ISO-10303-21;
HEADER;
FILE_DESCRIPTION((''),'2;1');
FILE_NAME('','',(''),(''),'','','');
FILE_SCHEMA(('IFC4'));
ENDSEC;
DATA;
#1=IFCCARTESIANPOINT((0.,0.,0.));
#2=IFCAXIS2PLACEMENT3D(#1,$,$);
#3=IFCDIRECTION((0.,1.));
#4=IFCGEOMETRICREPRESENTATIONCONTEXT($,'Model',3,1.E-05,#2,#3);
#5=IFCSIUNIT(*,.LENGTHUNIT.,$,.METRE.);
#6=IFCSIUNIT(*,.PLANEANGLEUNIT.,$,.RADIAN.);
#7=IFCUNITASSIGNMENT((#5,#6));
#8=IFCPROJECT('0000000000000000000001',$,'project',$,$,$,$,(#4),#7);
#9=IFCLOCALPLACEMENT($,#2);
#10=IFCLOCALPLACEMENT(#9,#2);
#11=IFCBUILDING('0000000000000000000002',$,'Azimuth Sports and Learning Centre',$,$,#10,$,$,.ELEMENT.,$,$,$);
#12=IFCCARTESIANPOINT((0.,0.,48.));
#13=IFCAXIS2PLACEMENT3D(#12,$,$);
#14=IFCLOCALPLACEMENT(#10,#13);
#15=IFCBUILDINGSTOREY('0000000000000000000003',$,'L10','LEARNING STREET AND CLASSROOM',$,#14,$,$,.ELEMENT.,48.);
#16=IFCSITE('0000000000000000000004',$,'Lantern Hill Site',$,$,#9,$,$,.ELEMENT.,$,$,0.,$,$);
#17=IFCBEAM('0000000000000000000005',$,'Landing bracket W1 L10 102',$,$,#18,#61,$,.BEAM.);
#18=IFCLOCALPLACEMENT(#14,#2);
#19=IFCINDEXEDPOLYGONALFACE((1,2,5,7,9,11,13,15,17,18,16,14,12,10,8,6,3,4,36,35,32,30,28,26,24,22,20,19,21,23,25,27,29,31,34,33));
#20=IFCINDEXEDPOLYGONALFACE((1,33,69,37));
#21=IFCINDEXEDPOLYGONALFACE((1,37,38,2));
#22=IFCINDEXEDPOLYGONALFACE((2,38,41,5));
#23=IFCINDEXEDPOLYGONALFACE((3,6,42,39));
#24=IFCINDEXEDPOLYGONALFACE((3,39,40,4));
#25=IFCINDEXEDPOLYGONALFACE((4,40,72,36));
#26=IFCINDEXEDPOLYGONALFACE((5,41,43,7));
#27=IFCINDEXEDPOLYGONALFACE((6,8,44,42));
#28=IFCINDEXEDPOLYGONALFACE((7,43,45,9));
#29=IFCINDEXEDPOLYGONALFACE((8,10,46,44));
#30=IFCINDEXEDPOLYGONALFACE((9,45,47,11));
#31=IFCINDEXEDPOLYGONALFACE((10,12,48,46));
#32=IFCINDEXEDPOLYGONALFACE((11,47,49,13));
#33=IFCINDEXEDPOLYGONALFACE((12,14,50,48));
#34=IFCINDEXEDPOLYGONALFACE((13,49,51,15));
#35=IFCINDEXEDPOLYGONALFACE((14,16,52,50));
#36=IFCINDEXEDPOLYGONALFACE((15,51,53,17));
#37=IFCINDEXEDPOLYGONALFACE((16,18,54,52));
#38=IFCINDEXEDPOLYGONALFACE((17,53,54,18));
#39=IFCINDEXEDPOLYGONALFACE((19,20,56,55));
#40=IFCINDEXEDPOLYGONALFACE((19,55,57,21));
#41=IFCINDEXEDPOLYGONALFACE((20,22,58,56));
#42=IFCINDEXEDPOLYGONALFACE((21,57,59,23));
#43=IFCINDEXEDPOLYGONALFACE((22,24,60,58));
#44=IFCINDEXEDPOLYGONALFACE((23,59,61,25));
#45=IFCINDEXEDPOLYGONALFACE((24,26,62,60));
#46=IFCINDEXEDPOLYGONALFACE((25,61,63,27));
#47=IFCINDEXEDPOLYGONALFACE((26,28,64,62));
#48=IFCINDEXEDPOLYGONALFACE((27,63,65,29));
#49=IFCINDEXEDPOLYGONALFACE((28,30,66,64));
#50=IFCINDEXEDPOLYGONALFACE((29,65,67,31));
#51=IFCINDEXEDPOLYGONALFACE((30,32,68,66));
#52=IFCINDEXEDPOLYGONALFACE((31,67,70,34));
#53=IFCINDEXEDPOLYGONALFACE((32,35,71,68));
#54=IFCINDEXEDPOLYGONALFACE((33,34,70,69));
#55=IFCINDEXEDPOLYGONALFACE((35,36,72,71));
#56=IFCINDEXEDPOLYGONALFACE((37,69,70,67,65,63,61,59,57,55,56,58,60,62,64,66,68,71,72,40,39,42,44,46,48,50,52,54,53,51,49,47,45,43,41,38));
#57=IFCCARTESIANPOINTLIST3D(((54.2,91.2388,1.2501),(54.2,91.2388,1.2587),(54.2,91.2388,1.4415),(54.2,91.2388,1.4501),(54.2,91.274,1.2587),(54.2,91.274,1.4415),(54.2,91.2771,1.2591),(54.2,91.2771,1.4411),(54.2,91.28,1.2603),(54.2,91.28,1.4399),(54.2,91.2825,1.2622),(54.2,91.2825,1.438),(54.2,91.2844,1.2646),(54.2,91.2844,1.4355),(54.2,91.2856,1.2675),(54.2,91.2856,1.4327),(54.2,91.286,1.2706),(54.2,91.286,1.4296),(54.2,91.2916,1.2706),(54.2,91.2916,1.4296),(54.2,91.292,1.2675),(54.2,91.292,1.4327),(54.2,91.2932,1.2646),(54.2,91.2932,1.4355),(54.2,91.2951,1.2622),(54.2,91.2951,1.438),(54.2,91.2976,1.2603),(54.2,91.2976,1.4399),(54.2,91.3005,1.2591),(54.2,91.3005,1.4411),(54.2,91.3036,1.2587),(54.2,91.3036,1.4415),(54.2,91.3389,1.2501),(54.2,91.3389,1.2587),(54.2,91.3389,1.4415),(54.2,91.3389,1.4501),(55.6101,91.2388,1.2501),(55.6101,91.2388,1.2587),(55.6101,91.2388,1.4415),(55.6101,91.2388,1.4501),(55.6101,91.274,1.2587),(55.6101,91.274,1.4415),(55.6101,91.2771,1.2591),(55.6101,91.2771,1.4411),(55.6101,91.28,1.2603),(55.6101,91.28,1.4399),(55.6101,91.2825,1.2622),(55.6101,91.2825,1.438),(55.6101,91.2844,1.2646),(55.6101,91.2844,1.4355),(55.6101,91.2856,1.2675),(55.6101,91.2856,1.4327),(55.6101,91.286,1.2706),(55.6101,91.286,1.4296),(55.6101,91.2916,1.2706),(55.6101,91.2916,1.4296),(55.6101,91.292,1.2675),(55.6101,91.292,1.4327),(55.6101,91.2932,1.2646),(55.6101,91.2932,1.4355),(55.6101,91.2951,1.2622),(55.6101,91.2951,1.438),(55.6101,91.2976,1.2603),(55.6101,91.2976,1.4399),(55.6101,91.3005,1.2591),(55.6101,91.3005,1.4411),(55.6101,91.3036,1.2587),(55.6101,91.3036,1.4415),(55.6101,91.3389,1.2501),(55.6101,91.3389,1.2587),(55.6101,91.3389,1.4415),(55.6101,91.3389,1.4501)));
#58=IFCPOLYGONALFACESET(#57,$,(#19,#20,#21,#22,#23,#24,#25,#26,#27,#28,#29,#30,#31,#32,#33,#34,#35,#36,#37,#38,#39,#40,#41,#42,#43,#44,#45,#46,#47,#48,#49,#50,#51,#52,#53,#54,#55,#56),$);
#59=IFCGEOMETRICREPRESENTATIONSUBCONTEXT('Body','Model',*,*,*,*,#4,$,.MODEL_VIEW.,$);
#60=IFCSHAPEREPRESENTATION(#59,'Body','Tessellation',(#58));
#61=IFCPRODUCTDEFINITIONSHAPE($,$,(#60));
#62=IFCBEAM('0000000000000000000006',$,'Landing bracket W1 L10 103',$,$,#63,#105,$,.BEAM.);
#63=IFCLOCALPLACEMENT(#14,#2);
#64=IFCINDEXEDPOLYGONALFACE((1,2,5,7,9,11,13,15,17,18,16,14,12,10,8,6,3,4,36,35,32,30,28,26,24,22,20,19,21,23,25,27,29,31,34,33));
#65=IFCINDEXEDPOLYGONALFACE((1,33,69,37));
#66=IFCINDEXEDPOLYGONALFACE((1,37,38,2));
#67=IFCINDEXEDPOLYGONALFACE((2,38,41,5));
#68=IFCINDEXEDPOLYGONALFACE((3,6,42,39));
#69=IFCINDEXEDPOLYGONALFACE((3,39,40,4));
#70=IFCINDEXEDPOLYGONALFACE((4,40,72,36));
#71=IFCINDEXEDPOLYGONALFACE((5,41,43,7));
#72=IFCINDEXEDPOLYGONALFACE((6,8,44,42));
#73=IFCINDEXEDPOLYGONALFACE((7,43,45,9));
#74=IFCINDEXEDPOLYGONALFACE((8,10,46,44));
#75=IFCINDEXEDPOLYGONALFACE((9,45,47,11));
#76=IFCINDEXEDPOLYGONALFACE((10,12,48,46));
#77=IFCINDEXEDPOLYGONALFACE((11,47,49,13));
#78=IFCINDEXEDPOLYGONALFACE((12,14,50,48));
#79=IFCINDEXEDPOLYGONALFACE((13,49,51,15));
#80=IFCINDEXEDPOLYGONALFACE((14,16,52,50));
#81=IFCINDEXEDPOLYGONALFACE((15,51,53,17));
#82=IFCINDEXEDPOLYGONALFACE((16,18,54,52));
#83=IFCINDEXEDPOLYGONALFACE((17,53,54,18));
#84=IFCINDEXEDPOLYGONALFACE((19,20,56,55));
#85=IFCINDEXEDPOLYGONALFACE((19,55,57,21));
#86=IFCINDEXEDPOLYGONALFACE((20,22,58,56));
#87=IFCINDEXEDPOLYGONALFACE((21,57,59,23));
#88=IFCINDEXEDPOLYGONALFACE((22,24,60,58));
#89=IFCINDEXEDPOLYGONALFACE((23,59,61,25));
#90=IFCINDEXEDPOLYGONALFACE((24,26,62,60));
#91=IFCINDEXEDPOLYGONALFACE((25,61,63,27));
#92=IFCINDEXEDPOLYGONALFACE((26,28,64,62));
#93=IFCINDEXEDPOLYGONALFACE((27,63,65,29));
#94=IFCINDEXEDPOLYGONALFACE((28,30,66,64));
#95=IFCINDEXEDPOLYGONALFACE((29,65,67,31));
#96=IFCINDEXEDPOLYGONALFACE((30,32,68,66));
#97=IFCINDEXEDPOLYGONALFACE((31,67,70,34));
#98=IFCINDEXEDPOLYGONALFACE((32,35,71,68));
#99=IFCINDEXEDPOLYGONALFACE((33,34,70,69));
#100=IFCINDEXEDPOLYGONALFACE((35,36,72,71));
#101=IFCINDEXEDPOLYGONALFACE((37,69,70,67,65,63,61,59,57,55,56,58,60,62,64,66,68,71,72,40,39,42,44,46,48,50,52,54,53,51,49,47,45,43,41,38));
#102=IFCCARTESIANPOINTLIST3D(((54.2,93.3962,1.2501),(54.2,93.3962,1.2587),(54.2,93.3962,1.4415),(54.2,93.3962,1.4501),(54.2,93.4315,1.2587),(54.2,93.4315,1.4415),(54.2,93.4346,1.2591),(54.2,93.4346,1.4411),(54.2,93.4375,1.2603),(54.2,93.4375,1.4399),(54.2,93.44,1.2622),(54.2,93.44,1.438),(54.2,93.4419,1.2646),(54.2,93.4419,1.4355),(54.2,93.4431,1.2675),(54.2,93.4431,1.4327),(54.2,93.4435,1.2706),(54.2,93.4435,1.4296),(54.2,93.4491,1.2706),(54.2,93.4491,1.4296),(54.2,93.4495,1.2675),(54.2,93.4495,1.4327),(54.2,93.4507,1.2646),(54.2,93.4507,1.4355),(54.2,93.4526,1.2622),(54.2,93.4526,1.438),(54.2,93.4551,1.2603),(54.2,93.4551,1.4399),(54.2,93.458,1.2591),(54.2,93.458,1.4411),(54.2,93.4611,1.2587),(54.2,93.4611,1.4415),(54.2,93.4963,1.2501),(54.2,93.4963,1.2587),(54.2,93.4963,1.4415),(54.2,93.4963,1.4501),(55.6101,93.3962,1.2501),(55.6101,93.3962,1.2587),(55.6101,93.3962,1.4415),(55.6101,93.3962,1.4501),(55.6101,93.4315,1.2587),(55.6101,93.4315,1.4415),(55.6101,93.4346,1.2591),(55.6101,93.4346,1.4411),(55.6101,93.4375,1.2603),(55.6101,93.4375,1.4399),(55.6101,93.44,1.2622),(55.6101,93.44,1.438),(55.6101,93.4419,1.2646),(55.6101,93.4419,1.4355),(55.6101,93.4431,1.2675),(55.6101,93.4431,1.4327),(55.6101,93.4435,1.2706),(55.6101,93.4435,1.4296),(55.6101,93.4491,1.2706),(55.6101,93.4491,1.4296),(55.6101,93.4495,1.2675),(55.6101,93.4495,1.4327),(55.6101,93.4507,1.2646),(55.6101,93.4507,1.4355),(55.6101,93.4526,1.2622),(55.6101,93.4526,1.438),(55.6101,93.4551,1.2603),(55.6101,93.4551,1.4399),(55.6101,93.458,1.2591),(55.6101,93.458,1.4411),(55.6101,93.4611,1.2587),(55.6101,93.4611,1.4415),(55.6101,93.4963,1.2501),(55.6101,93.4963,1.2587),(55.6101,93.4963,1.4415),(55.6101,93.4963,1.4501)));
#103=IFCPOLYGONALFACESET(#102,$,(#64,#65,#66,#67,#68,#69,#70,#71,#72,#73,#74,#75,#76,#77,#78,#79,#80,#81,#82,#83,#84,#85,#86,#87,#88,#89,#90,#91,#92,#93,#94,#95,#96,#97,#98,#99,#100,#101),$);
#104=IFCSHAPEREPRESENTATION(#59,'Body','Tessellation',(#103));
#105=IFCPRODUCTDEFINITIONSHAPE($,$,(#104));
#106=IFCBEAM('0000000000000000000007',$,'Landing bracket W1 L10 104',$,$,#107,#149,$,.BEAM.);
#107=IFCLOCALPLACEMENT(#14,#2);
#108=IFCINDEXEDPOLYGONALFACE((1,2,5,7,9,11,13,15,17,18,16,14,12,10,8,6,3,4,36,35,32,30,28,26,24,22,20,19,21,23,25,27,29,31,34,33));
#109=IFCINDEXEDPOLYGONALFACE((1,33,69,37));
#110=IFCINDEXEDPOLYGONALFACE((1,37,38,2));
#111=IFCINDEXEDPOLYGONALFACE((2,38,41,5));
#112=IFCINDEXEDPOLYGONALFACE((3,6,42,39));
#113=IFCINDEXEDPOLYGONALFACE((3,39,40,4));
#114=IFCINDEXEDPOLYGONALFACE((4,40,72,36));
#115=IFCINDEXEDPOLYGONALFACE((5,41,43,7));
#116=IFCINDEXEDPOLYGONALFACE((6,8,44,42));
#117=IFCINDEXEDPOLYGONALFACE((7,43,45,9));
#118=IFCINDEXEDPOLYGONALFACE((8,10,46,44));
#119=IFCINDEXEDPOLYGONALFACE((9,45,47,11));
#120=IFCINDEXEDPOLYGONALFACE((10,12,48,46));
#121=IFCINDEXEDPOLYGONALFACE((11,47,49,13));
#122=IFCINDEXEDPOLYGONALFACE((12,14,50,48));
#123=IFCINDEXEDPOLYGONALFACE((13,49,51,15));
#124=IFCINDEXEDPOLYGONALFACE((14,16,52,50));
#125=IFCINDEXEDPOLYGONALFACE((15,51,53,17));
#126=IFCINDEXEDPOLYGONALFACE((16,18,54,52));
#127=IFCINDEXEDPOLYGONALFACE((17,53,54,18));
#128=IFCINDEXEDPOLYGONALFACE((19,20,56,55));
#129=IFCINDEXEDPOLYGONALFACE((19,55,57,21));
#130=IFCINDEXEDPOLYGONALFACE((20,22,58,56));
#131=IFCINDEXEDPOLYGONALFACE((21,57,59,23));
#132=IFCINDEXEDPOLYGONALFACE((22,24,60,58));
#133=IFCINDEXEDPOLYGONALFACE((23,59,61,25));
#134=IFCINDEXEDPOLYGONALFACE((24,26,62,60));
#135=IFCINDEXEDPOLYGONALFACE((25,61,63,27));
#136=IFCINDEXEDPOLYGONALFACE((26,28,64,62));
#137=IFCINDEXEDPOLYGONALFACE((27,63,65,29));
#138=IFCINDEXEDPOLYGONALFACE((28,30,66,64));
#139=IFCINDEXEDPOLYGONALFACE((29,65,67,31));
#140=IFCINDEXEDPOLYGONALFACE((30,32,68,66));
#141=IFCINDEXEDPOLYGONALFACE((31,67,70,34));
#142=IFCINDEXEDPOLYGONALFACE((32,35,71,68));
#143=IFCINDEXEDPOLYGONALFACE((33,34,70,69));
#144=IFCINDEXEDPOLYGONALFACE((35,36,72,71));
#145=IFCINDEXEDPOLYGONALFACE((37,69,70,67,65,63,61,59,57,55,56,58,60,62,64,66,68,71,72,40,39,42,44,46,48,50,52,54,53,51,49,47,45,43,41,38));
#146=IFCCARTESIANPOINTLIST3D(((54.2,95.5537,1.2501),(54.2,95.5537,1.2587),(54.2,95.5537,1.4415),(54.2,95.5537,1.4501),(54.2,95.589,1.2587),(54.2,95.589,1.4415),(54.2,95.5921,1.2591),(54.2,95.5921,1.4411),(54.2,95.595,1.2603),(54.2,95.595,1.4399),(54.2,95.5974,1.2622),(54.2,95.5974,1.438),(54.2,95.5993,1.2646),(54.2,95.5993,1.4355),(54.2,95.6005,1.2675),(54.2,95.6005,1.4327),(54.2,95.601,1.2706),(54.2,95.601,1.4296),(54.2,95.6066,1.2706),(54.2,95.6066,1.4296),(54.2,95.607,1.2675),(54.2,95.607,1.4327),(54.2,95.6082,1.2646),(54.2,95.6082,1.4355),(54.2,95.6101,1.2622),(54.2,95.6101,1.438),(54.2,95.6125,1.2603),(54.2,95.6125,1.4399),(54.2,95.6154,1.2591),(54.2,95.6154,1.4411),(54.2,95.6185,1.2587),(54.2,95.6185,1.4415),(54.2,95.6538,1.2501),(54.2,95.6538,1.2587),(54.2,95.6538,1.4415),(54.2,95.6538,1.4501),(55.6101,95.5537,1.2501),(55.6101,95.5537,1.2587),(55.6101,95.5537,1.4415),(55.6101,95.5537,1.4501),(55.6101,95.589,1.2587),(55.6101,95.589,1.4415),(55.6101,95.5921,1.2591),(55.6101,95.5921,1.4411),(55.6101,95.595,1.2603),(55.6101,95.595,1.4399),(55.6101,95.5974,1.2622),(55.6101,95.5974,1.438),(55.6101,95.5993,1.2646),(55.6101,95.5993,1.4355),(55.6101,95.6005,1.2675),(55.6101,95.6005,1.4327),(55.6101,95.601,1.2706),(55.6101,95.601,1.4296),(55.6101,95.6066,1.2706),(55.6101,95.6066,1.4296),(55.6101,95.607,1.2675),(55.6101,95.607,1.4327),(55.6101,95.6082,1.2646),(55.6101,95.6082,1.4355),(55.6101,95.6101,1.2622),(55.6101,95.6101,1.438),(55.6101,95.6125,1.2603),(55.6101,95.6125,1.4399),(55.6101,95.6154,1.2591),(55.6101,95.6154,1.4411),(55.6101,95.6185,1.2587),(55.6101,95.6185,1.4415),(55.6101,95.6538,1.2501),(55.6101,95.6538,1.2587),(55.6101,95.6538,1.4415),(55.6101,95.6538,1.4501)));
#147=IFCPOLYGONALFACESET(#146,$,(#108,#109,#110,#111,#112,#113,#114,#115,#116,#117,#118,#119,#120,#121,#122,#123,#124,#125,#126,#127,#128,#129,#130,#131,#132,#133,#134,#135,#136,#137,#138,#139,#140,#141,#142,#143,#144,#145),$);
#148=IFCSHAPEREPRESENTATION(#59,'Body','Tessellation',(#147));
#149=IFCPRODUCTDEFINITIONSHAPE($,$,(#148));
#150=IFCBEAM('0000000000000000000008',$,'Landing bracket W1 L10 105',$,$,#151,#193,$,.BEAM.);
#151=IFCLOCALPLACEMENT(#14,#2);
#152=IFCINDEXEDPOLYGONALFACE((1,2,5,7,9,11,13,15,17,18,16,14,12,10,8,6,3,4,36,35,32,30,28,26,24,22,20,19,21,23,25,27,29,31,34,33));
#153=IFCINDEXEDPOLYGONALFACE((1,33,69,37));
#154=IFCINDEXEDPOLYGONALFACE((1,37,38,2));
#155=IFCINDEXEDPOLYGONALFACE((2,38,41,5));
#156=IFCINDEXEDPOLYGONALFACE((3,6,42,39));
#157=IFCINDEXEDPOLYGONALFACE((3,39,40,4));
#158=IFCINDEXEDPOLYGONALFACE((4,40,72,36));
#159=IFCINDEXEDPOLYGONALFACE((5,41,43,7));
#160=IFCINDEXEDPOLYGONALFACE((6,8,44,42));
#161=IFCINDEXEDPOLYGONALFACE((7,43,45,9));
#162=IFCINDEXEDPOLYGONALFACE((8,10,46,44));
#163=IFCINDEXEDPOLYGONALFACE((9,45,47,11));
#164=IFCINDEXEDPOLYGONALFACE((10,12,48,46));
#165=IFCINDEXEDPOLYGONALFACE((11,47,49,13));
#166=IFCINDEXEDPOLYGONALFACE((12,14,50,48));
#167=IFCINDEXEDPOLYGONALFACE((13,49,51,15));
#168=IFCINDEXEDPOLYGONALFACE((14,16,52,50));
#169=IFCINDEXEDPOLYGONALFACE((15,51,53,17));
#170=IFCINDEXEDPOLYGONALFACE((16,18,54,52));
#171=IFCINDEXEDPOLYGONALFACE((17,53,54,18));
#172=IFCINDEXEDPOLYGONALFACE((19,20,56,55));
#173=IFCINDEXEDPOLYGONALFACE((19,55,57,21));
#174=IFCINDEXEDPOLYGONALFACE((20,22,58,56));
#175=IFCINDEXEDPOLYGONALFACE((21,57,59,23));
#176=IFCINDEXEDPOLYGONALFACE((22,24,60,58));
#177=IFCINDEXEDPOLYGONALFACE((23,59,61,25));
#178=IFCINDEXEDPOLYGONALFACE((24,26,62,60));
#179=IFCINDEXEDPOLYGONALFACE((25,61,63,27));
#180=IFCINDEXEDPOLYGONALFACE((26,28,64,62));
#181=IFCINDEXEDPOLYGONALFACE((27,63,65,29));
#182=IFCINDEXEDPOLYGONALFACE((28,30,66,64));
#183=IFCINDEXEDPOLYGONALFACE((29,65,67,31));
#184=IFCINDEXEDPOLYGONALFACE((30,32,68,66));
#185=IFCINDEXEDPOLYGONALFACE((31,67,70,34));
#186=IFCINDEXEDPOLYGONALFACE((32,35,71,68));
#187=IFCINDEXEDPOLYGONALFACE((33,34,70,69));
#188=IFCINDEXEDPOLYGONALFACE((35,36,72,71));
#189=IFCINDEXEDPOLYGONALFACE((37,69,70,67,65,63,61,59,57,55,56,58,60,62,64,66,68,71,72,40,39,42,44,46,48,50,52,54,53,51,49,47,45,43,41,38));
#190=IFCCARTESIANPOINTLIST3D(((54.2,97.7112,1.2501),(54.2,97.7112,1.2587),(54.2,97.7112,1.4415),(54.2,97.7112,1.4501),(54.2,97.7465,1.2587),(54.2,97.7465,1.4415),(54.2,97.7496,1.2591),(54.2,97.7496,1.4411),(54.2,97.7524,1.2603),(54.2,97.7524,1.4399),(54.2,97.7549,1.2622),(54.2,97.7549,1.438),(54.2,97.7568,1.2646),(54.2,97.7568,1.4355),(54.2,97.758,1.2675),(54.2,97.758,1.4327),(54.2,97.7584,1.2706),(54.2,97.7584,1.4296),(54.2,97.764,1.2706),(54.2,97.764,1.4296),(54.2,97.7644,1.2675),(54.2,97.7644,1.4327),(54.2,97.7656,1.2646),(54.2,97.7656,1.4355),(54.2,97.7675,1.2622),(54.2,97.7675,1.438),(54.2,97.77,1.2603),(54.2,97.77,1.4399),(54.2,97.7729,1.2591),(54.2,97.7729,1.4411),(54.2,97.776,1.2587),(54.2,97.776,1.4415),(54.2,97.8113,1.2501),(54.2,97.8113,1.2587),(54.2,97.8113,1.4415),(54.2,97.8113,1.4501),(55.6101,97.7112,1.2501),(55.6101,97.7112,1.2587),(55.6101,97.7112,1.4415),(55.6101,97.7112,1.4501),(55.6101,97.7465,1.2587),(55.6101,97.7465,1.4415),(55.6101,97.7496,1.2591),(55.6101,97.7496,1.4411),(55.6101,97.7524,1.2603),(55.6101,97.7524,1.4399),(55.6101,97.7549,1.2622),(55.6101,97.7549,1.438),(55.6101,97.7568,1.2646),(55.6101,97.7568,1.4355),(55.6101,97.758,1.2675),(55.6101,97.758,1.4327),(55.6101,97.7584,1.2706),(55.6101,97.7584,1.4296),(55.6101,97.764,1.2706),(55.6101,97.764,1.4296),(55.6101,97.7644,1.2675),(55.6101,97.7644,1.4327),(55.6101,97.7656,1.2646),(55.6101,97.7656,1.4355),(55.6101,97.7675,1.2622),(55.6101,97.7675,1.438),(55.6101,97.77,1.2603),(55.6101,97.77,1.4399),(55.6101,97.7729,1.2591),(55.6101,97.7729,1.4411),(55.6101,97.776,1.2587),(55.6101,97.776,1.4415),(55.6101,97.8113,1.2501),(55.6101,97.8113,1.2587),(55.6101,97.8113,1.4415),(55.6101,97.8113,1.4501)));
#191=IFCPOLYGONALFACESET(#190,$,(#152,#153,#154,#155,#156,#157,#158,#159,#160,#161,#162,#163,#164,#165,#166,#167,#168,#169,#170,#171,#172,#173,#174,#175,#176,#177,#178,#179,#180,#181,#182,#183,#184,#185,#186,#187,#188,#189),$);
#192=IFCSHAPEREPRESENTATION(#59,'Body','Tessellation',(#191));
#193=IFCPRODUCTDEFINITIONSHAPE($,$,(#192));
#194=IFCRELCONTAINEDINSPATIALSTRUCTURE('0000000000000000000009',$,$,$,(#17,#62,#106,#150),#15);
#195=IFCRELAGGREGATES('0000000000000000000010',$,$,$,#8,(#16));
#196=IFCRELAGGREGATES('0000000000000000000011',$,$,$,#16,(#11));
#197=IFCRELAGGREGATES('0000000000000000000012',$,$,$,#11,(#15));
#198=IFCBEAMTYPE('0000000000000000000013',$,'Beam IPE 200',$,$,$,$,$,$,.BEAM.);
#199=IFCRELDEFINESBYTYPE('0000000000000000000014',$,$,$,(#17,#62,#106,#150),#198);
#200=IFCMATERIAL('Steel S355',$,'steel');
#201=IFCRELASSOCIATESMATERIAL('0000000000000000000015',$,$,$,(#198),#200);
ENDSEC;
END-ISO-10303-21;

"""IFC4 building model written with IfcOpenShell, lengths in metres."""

from ifc_helpers import new_model, si_unit, direction, frame, origin, origin_2d, place, context, subcontext, project, spatial, i_section, extrude, material, material_profile, profile_set, type_object, element, save


model = new_model("IFC4")

# Units and contexts
model_context = context("Model", 3, precision=1e-05, world=origin(), true_north=direction((0.0, 1.0)))
body_context = subcontext(model_context, "Body", "Model", "MODEL_VIEW")
ifc_project = project(units=[si_unit("LENGTHUNIT", "METRE"), si_unit("PLANEANGLEUNIT", "RADIAN")], contexts=[model_context])

# Site, building, storey
site_placement = place(None, origin())
site = spatial("IfcSite", under=ifc_project, at=site_placement, Name="Lantern Hill Site", CompositionType="ELEMENT", RefElevation=0.0)
building_placement = place(site_placement, origin())
building = spatial("IfcBuilding", under=site, at=building_placement, Name="Azimuth Sports and Learning Centre", CompositionType="ELEMENT")
storey_placement = place(building_placement, frame((0.0, 0.0, 48.0)))
storey = spatial("IfcBuildingStorey", under=building, at=storey_placement, Name="L10", Description="LEARNING STREET AND CLASSROOM", CompositionType="ELEMENT", Elevation=48.0)

# Beams
ifc_material_1 = material(Name="Steel S355", Category="steel")
ifc_material_profile = material_profile(ifc_material_1, i_section(OverallWidth=0.1001, OverallDepth=0.2, WebThickness=0.0056, FlangeThickness=0.0085, FilletRadius=0.012, at=origin_2d()), Name="IPE 200")
ifc_profile_set = profile_set([ifc_material_profile], Name="Steel S355")
beam_type = type_object("IfcBeamType", Name="Beam IPE 200", PredefinedType="BEAM", material=ifc_profile_set)
for number, where, z_axis, x_axis, name in (
    (1, (54.2, 91.2888, 1.3501), (1.0, 0.0, 0.0), (0.0, 1.0, 0.0), "Landing bracket W1 L10 102"),
    (2, (54.2, 93.4463, 1.3501), (1.0, 0.0, 0.0), (0.0, 1.0, 0.0), "Landing bracket W1 L10 103"),
    (3, (54.2, 95.6038, 1.3501), (1.0, 0.0, 0.0), (0.0, 1.0, 0.0), "Landing bracket W1 L10 104"),
    (4, (54.2, 97.7612, 1.3501), (1.0, 0.0, 0.0), (0.0, 1.0, 0.0), "Landing bracket W1 L10 105"),
):
    element("IfcBeam", number, at=place(storey_placement, frame(where, z_axis=z_axis, x_axis=x_axis)), inside=storey, type_object=beam_type, Name=name, PredefinedType="BEAM", context=body_context, shape_type="SweptSolid", body=[
        extrude(i_section(OverallWidth=0.1001, OverallDepth=0.2, WebThickness=0.0056, FlangeThickness=0.0085, FilletRadius=0.012, at=origin_2d()), origin(), (0.0, 0.0, 1.0), 1.4102),
    ])

save(model, "model.ifc")
